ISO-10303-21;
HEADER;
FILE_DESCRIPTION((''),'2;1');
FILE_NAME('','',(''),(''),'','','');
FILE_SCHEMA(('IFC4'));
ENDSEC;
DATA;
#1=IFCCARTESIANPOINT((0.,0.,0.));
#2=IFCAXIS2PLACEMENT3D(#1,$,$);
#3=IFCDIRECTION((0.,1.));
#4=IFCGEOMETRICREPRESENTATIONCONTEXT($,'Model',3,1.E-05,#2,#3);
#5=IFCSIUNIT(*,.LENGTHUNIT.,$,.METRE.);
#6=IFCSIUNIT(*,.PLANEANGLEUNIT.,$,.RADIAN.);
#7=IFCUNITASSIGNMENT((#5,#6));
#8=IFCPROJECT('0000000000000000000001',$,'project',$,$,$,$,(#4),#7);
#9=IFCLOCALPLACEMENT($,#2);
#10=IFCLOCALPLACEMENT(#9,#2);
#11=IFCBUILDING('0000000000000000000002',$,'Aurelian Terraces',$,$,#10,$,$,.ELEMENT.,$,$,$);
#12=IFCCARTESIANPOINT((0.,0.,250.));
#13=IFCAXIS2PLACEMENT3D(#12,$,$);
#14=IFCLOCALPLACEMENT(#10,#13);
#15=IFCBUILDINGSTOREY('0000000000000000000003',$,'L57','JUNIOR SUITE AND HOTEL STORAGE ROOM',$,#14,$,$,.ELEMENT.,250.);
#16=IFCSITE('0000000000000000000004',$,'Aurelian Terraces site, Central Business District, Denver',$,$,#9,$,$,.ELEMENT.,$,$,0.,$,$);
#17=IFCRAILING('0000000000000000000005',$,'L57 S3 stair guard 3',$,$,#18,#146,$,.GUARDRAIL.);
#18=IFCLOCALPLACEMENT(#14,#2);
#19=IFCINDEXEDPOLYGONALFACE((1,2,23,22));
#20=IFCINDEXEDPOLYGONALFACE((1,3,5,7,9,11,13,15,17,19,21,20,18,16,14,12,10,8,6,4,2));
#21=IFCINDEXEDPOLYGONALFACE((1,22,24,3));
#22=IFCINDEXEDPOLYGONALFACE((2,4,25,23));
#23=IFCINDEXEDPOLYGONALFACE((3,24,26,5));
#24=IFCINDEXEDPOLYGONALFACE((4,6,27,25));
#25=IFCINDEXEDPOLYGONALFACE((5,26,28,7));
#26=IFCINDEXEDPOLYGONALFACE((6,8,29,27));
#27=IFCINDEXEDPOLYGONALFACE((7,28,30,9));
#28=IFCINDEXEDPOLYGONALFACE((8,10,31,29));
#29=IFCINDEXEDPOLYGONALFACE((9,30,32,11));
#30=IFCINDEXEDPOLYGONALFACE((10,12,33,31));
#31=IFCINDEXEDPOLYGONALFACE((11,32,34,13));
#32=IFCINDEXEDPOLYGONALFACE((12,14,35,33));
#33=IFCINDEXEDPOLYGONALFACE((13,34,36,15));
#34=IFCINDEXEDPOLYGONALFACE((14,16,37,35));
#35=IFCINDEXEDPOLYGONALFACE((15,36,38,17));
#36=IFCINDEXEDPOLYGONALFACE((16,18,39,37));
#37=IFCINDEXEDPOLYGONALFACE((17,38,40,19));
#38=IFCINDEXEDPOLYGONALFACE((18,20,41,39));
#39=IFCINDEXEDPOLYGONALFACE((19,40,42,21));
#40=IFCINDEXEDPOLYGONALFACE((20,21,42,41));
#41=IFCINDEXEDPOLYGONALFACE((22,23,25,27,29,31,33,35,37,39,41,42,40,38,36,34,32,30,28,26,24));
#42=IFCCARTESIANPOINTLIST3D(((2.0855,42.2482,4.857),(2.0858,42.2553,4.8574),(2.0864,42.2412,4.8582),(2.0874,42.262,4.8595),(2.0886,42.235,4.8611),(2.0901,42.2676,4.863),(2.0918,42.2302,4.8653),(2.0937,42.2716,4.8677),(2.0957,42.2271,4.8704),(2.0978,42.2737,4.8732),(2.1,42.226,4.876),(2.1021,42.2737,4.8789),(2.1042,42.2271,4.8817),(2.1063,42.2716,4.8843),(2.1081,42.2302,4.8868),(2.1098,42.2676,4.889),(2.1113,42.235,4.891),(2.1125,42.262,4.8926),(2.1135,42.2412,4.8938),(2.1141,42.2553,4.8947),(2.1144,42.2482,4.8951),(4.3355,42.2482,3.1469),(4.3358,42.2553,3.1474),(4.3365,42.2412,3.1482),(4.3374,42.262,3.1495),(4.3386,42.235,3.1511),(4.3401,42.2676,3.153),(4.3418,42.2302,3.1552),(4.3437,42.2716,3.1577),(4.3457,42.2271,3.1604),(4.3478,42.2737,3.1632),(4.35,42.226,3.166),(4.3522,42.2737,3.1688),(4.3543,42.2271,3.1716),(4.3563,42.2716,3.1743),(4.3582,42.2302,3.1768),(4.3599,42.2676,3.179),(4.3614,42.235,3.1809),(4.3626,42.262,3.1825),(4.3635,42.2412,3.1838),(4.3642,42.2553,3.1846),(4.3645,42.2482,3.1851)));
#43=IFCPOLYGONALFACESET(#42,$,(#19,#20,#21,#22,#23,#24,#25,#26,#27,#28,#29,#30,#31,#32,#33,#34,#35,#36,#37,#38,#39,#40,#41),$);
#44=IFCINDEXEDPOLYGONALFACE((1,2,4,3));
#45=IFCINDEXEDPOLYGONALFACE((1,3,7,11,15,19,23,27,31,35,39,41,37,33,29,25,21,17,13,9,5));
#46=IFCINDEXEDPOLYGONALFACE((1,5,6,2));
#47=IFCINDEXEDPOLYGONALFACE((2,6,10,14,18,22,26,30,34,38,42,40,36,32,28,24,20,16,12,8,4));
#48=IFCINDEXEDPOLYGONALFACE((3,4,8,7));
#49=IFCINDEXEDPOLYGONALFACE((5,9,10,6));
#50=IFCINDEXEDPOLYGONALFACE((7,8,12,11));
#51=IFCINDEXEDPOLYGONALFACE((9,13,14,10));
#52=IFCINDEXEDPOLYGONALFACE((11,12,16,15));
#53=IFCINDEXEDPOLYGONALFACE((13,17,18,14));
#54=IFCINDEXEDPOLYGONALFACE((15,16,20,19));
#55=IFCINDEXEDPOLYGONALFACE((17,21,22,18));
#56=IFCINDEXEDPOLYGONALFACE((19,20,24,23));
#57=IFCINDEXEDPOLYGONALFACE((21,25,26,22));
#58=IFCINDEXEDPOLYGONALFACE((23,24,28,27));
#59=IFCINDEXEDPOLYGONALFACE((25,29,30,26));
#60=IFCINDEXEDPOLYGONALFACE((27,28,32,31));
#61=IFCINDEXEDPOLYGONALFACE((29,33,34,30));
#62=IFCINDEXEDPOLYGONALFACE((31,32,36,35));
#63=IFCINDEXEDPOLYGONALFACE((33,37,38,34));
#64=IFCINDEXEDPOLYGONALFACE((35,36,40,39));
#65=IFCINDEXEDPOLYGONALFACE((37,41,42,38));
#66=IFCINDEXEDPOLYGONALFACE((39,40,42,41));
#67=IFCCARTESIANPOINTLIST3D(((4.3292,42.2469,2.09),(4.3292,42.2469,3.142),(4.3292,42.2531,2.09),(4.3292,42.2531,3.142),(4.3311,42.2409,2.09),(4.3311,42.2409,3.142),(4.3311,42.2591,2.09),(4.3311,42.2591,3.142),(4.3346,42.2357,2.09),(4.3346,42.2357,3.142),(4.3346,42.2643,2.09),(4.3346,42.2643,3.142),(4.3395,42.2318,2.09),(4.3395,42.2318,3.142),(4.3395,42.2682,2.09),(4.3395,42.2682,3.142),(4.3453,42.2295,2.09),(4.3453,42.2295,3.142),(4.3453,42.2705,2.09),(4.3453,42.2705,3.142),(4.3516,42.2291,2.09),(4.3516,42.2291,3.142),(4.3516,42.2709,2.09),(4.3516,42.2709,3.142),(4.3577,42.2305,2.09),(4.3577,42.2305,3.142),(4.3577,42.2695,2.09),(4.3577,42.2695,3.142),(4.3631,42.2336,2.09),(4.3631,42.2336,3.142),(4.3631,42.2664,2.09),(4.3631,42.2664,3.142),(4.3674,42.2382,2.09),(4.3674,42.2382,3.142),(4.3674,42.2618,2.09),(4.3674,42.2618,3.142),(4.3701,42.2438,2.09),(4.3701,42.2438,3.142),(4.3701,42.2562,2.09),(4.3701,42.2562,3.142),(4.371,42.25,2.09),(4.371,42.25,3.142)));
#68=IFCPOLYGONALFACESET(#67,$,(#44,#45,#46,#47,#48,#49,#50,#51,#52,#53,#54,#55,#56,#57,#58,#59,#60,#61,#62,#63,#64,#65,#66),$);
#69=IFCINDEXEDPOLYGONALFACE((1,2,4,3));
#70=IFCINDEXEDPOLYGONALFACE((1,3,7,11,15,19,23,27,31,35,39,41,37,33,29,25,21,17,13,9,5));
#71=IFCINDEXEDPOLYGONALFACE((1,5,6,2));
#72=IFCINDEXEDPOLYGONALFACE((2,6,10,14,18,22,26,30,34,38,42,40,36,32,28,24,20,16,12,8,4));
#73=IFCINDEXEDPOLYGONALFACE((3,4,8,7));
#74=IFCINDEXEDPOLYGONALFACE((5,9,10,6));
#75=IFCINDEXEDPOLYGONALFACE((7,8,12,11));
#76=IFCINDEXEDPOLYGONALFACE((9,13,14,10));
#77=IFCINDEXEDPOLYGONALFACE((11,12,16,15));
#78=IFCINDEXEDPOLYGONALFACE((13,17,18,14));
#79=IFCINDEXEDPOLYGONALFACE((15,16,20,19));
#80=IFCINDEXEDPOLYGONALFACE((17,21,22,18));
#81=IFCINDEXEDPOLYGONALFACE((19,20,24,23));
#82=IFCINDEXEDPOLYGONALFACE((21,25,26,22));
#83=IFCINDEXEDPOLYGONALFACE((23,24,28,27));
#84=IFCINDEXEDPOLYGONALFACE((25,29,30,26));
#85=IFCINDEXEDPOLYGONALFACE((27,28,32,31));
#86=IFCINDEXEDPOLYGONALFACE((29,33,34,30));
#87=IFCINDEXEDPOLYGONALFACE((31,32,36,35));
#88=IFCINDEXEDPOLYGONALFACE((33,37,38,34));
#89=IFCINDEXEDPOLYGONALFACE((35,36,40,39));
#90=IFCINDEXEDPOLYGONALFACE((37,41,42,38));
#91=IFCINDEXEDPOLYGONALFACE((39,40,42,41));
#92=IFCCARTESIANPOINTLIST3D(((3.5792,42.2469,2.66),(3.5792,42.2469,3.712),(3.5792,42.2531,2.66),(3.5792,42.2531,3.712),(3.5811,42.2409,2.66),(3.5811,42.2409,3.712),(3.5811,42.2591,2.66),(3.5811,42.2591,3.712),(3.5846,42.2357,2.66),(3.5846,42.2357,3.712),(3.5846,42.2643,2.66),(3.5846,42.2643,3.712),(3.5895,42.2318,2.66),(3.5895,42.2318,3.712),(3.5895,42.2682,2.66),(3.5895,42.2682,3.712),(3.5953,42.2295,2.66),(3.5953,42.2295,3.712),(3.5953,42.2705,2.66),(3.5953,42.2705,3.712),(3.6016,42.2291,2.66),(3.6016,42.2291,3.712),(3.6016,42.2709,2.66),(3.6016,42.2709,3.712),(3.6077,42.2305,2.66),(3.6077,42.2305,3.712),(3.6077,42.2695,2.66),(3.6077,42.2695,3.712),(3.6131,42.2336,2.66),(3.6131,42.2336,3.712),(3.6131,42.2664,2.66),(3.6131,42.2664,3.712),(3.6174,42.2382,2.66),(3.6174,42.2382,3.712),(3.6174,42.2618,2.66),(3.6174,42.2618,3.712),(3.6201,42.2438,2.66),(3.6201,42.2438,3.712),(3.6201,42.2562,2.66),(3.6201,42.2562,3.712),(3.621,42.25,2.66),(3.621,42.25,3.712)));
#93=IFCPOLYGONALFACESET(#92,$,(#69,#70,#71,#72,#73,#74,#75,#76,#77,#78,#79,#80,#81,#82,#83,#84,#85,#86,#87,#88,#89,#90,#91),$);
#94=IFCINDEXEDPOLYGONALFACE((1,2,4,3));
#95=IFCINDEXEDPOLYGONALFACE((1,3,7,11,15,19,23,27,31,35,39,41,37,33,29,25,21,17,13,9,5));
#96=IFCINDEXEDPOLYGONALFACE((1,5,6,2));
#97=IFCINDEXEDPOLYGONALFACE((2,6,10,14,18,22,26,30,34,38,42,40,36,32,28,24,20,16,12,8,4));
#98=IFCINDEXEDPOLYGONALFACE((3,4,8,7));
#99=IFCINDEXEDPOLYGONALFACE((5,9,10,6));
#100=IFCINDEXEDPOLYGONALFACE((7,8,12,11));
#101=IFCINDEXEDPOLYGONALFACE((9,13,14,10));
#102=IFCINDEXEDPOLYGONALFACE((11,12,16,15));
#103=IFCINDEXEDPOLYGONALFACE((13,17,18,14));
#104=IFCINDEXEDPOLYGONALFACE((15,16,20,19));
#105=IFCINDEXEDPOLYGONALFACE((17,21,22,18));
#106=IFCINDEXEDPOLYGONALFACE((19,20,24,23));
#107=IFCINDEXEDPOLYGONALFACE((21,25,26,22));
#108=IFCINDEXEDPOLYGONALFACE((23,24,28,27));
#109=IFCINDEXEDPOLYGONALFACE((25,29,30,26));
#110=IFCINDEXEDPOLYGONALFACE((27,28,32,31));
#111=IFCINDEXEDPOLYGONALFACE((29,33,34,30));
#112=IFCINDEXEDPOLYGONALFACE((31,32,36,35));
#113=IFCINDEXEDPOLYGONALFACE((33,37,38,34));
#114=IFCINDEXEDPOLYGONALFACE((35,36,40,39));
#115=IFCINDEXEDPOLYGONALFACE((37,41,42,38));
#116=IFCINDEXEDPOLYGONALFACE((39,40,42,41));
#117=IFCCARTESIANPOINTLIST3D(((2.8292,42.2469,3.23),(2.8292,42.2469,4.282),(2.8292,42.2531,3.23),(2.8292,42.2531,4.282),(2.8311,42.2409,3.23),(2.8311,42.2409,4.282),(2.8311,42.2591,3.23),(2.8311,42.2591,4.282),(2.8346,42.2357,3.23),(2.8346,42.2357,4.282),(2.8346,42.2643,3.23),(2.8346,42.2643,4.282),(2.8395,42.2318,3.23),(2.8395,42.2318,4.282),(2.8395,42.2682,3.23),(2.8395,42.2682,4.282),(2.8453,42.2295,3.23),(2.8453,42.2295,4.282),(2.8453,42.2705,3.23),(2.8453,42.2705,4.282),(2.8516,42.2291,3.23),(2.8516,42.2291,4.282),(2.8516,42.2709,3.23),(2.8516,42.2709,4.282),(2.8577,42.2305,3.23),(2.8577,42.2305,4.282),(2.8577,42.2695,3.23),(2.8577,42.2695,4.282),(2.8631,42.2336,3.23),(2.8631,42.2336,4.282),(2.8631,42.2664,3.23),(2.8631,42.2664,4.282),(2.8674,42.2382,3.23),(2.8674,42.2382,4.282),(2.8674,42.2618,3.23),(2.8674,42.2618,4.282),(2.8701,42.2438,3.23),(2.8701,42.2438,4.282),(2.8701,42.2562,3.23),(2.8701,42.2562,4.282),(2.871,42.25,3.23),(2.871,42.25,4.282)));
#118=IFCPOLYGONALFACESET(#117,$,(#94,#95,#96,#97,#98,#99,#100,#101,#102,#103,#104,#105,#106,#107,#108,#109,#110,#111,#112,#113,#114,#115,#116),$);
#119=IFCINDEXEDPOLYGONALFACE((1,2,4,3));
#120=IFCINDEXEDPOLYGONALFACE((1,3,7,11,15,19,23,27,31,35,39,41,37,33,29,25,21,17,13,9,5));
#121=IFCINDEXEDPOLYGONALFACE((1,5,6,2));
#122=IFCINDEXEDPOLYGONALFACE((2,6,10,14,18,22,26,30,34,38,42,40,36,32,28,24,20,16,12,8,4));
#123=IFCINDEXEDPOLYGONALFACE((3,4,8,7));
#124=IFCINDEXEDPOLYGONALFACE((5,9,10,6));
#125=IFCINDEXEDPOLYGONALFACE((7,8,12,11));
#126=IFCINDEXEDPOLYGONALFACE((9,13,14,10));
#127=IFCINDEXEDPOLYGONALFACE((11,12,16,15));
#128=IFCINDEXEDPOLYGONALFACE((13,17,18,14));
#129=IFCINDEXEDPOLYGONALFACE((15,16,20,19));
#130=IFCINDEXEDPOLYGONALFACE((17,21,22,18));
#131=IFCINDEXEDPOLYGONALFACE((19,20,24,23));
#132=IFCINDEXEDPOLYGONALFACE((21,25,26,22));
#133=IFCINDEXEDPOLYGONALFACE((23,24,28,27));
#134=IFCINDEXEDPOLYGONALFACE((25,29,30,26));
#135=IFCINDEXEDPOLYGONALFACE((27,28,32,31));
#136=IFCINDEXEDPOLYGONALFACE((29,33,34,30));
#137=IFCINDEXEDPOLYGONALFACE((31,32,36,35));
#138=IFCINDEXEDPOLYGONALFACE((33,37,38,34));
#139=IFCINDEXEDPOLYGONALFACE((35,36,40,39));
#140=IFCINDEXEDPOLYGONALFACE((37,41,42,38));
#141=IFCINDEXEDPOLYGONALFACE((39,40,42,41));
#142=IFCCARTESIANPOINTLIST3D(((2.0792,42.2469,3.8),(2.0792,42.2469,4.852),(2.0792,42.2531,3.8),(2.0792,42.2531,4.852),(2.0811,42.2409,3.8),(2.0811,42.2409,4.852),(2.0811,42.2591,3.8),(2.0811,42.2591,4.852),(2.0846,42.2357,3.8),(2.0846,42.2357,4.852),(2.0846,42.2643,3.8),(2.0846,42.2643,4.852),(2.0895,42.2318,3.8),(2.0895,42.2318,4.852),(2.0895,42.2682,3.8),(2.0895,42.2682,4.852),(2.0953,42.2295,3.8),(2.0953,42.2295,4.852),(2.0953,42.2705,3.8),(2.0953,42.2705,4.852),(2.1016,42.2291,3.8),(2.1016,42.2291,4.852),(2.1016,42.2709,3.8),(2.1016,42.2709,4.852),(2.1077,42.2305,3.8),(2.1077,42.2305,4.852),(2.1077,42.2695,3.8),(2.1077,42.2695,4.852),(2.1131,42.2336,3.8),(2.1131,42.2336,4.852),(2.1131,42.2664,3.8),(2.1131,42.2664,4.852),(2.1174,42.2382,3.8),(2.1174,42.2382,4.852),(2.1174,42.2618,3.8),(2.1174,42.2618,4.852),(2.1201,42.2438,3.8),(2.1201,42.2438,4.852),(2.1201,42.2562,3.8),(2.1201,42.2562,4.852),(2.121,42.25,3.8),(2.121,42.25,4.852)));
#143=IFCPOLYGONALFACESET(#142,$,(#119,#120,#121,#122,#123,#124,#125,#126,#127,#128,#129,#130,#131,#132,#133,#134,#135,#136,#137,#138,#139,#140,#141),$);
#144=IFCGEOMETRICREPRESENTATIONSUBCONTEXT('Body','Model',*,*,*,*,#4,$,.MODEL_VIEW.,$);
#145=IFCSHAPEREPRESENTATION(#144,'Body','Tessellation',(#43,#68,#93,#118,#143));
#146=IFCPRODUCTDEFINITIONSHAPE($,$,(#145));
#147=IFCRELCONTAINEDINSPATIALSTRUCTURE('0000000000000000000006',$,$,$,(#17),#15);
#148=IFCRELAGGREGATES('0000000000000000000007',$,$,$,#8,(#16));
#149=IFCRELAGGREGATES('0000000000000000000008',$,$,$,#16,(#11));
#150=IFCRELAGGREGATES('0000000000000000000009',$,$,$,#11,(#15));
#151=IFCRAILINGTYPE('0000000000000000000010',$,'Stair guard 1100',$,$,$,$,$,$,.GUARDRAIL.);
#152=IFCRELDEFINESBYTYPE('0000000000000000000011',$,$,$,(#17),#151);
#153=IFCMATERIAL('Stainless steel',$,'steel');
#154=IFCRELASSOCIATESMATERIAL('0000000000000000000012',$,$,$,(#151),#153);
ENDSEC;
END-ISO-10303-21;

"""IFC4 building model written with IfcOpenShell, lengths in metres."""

from ifc_helpers import new_model, si_unit, direction, frame, origin, origin_2d, place, context, subcontext, project, spatial, circle, extrude, source, transform, mapped, material, type_object, element, save


model = new_model("IFC4")

# Units and contexts
model_context = context("Model", 3, precision=1e-05, world=origin(), true_north=direction((0.0, 1.0)))
body_context = subcontext(model_context, "Body", "Model", "MODEL_VIEW")
ifc_project = project(units=[si_unit("LENGTHUNIT", "METRE"), si_unit("PLANEANGLEUNIT", "RADIAN")], contexts=[model_context])

# Site, building, storey
site_placement = place(None, origin())
site = spatial("IfcSite", under=ifc_project, at=site_placement, Name="Aurelian Terraces site, Central Business District, Denver", CompositionType="ELEMENT", RefElevation=0.0)
building_placement = place(site_placement, origin())
building = spatial("IfcBuilding", under=site, at=building_placement, Name="Aurelian Terraces", CompositionType="ELEMENT")
storey_placement = place(building_placement, frame((0.0, 0.0, 250.0)))
storey = spatial("IfcBuildingStorey", under=building, at=storey_placement, Name="L57", Description="JUNIOR SUITE AND HOTEL STORAGE ROOM", CompositionType="ELEMENT", Elevation=250.0)

# Railing
ifc_material_1 = material(Name="Stainless steel", Category="steel")
railing_type_1 = type_object("IfcRailingType", Name="Stair guard 1100", PredefinedType="GUARDRAIL", material=ifc_material_1)
shared_shape_1 = source(origin(), body_context, "Body", "SweptSolid", [
    extrude(circle(Radius=0.024, at=origin_2d()), frame((0.0, 0.0, 1.076), z_axis=(-0.796162, 0.0, 0.605083), x_axis=(0.0, -1.0, 0.0)), (0.0, 0.0, 1.0), 2.8261),
    extrude(circle(Radius=0.021, at=origin_2d()), origin(), (0.0, 0.0, 1.0), 1.052),
    extrude(circle(Radius=0.021, at=origin_2d()), frame((-0.75, 0.0, 0.57)), (0.0, 0.0, 1.0), 1.052),
    extrude(circle(Radius=0.021, at=origin_2d()), frame((-1.5, 0.0, 1.14)), (0.0, 0.0, 1.0), 1.052),
    extrude(circle(Radius=0.021, at=origin_2d()), frame((-2.25, 0.0, 1.71)), (0.0, 0.0, 1.0), 1.052),
])
railing_1_placement = place(storey_placement, frame((4.35, 42.25, 2.09)))
element("IfcRailing", 1, at=railing_1_placement, inside=storey, type_object=railing_type_1, Name="L57 S3 stair guard 3", PredefinedType="GUARDRAIL", context=body_context, shape_type="MappedRepresentation", body=[
    mapped(shared_shape_1, transform((0.0, 0.0, 0.0), scale=1.0)),
])

save(model, "model.ifc")
